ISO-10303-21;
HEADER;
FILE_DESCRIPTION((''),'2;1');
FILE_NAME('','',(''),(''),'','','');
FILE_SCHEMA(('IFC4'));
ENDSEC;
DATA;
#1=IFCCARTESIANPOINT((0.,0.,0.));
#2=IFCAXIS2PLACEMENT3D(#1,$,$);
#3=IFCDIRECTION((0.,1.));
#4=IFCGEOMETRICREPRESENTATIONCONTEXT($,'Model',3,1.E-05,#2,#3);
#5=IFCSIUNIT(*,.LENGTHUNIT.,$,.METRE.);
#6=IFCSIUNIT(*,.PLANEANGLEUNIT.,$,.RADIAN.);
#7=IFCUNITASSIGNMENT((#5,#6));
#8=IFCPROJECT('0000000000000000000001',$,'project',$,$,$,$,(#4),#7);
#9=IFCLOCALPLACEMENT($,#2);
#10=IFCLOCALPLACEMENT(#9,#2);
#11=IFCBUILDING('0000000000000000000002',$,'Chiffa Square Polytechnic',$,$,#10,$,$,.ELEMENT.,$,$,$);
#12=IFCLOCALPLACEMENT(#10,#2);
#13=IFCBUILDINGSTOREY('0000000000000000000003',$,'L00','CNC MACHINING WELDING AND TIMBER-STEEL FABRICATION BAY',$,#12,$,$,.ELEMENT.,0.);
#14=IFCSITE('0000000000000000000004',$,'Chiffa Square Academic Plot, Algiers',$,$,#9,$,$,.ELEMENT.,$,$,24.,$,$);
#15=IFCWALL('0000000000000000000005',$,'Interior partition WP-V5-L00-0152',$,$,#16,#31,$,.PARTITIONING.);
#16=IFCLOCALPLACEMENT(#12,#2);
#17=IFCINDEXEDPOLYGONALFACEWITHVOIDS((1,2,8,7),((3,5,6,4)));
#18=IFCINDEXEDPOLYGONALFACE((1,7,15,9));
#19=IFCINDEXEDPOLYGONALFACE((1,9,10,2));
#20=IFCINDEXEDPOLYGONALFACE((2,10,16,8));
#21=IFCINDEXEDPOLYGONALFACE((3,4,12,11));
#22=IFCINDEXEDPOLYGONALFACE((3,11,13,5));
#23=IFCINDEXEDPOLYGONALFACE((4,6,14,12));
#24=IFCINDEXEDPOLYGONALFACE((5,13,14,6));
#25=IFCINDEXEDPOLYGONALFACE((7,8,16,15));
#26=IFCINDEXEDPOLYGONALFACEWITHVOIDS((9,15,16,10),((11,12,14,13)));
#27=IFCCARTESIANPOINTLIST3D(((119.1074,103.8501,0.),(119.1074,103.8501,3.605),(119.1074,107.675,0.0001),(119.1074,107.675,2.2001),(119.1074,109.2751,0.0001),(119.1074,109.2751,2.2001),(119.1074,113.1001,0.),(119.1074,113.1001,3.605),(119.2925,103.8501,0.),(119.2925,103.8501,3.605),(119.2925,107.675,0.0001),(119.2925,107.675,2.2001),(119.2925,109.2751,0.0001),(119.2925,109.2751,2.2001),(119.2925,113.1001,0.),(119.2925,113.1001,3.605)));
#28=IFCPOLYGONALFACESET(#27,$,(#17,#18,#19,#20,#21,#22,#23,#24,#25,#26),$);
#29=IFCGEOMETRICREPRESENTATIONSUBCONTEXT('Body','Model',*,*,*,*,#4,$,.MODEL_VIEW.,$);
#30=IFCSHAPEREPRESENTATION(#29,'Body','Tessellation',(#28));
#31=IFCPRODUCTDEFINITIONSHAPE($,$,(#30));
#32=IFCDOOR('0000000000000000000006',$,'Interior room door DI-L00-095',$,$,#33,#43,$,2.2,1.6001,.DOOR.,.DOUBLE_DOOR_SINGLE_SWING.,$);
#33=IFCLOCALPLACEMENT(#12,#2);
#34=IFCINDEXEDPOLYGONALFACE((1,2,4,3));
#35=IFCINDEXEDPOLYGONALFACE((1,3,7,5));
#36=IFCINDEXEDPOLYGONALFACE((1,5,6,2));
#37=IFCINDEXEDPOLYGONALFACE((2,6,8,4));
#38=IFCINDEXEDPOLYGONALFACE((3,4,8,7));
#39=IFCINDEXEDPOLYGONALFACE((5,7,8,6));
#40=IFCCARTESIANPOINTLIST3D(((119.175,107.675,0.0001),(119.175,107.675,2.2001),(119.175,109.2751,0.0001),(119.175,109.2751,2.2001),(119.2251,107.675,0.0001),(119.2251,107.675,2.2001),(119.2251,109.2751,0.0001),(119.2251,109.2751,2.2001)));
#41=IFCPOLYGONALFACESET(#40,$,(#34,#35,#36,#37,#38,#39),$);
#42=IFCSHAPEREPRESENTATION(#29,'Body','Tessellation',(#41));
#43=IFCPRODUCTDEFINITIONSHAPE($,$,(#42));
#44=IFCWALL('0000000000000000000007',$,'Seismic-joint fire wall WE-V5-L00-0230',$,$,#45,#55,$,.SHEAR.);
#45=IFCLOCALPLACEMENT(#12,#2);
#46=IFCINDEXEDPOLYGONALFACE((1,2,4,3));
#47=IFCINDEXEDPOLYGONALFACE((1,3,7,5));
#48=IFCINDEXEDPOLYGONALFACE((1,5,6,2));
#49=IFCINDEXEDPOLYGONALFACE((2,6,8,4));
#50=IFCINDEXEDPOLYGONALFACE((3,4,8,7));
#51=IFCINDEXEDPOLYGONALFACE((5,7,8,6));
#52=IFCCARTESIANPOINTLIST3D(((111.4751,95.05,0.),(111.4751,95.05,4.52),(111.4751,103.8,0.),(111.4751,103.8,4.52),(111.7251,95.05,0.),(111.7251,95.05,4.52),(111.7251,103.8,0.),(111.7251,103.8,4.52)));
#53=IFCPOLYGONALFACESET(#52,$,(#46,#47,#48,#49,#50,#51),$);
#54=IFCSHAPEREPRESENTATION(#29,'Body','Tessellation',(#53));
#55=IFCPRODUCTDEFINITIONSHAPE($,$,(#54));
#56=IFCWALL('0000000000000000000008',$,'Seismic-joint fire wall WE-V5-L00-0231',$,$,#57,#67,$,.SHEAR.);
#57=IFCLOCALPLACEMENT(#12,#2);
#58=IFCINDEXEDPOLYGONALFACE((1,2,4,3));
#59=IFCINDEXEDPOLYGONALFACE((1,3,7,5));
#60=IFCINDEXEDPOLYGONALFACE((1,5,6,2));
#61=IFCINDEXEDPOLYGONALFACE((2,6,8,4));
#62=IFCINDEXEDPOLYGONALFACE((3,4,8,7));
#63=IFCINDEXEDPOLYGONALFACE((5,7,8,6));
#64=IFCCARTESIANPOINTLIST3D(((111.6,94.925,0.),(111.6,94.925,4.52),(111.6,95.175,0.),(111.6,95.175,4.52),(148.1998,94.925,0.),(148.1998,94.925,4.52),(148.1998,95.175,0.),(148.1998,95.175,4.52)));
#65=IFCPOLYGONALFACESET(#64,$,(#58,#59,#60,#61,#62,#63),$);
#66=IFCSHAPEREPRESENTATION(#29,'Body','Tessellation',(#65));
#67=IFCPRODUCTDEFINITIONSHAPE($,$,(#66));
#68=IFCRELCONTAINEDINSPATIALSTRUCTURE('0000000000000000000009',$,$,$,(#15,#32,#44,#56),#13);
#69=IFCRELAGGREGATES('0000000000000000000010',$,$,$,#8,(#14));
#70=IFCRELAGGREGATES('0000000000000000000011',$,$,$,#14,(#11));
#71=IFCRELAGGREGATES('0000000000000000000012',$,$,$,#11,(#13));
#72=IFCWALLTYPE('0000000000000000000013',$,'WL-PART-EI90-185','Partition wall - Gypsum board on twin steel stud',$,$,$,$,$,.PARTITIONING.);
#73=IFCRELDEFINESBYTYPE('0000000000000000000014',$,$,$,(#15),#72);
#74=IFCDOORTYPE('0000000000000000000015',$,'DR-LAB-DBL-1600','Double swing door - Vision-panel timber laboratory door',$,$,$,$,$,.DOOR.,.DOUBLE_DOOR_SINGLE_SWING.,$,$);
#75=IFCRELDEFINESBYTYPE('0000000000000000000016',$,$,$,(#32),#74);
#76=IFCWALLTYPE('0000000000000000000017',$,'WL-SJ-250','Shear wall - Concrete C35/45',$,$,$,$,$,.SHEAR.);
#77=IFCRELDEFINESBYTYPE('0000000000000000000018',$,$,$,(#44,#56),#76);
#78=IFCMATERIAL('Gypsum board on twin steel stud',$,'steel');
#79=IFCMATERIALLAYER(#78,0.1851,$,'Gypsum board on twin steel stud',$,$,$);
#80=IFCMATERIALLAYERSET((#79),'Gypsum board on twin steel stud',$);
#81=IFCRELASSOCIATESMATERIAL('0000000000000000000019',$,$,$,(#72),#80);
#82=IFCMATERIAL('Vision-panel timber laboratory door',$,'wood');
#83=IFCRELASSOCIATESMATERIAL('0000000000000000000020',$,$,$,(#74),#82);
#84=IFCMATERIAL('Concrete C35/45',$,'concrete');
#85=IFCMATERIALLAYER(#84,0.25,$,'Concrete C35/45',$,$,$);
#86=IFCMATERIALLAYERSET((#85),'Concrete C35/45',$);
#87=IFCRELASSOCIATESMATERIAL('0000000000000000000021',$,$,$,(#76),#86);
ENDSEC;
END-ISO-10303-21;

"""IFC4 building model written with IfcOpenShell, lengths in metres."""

from ifc_helpers import new_model, si_unit, direction, frame, frame_2d, origin, place, context, subcontext, project, spatial, rectangle, extrude, material, layer, layer_set, type_object, element, fill, save


model = new_model("IFC4")

# Units and contexts
model_context = context("Model", 3, precision=1e-05, world=origin(), true_north=direction((0.0, 1.0)))
body_context = subcontext(model_context, "Body", "Model", "MODEL_VIEW")
ifc_project = project(units=[si_unit("LENGTHUNIT", "METRE"), si_unit("PLANEANGLEUNIT", "RADIAN")], contexts=[model_context])

# Site, building, storey
site_placement = place(None, origin())
site = spatial("IfcSite", under=ifc_project, at=site_placement, Name="Chiffa Square Academic Plot, Algiers", CompositionType="ELEMENT", RefElevation=24.0)
building_placement = place(site_placement, origin())
building = spatial("IfcBuilding", under=site, at=building_placement, Name="Chiffa Square Polytechnic", CompositionType="ELEMENT")
storey_placement = place(building_placement, origin())
storey = spatial("IfcBuildingStorey", under=building, at=storey_placement, Name="L00", Description="CNC MACHINING WELDING AND TIMBER-STEEL FABRICATION BAY", CompositionType="ELEMENT", Elevation=0.0)

# Shared definitions
ifc_material_1 = material(Name="Concrete C35/45", Category="concrete")

# Wall, opening, door
ifc_material_2 = material(Name="Gypsum board on twin steel stud", Category="steel")
ifc_layer_1 = layer(ifc_material_2, 0.1851, Name="Gypsum board on twin steel stud")
ifc_layer_set_1 = layer_set([ifc_layer_1], Name="Gypsum board on twin steel stud")
wall_type_1 = type_object("IfcWallType", Name="WL-PART-EI90-185", Description="Partition wall - Gypsum board on twin steel stud", PredefinedType="PARTITIONING", material=ifc_layer_set_1)
wall_1_placement = place(storey_placement, frame((119.2, 103.8501, 0.0), z_axis=(0.0, 0.0, 1.0), x_axis=(0.0, 1.0, 0.0)))
wall_1 = element("IfcWall", 1, at=wall_1_placement, inside=storey, type_object=wall_type_1, Name="Interior partition WP-V5-L00-0152", PredefinedType="PARTITIONING", context=body_context, shape_type="SweptSolid", body=[
    extrude(rectangle(XDim=9.25, YDim=0.1851, at=frame_2d((4.625, 0.0))), origin(), (0.0, 0.0, 1.0), 3.605),
])
opening_1_placement = place(wall_1_placement, frame((3.825, 0.0, 0.0)))
opening_1 = element("IfcOpeningElement", 2, at=opening_1_placement, cuts=wall_1, PredefinedType="OPENING", context=body_context, shape_type="SweptSolid", body=[
    extrude(rectangle(XDim=1.6001, YDim=2.2, at=frame_2d((0.8, 1.1001))), frame((0.0, 0.1025, 0.0), z_axis=(0.0, -1.0, 0.0), x_axis=(1.0, 0.0, 0.0)), (0.0, 0.0, 1.0), 0.2051),
])
ifc_material_3 = material(Name="Vision-panel timber laboratory door", Category="wood")
door_type_1 = type_object("IfcDoorType", Name="DR-LAB-DBL-1600", Description="Double swing door - Vision-panel timber laboratory door", OperationType="DOUBLE_DOOR_SINGLE_SWING", PredefinedType="DOOR", material=ifc_material_3)
door_1_placement = place(opening_1_placement, origin())
door_1 = element("IfcDoor", 3, at=door_1_placement, inside=storey, type_object=door_type_1, Name="Interior room door DI-L00-095", OperationType="DOUBLE_DOOR_SINGLE_SWING", OverallHeight=2.2, OverallWidth=1.6001, PredefinedType="DOOR", context=body_context, shape_type="SweptSolid", body=[
    extrude(rectangle(XDim=1.6001, YDim=2.2, at=frame_2d((0.8, 1.1001))), frame((0.0, 0.0249, 0.0), z_axis=(0.0, -1.0, 0.0), x_axis=(1.0, 0.0, 0.0)), (0.0, 0.0, 1.0), 0.05),
])
fill(opening_1, door_1)

# Walls
ifc_layer_2 = layer(ifc_material_1, 0.25, Name="Concrete C35/45")
ifc_layer_set_2 = layer_set([ifc_layer_2], Name="Concrete C35/45")
wall_type_2 = type_object("IfcWallType", Name="WL-SJ-250", Description="Shear wall - Concrete C35/45", PredefinedType="SHEAR", material=ifc_layer_set_2)
wall_2_placement = place(storey_placement, frame((111.6001, 103.8, 0.0), z_axis=(0.0, 0.0, 1.0), x_axis=(0.0, -1.0, 0.0)))
element("IfcWall", 4, at=wall_2_placement, inside=storey, type_object=wall_type_2, Name="Seismic-joint fire wall WE-V5-L00-0230", PredefinedType="SHEAR", context=body_context, shape_type="SweptSolid", body=[
    extrude(rectangle(XDim=8.75, YDim=0.25, at=frame_2d((4.375, 0.0))), origin(), (0.0, 0.0, 1.0), 4.52),
])
wall_3_placement = place(storey_placement, frame((111.6001, 95.05, 0.0), z_axis=(0.0, 0.0, 1.0), x_axis=(1.0, 0.0, 0.0)))
element("IfcWall", 5, at=wall_3_placement, inside=storey, type_object=wall_type_2, Name="Seismic-joint fire wall WE-V5-L00-0231", PredefinedType="SHEAR", context=body_context, shape_type="SweptSolid", body=[
    extrude(rectangle(XDim=36.5999, YDim=0.25, at=frame_2d((18.2998, 0.0))), origin(), (0.0, 0.0, 1.0), 4.52),
])

save(model, "model.ifc")
